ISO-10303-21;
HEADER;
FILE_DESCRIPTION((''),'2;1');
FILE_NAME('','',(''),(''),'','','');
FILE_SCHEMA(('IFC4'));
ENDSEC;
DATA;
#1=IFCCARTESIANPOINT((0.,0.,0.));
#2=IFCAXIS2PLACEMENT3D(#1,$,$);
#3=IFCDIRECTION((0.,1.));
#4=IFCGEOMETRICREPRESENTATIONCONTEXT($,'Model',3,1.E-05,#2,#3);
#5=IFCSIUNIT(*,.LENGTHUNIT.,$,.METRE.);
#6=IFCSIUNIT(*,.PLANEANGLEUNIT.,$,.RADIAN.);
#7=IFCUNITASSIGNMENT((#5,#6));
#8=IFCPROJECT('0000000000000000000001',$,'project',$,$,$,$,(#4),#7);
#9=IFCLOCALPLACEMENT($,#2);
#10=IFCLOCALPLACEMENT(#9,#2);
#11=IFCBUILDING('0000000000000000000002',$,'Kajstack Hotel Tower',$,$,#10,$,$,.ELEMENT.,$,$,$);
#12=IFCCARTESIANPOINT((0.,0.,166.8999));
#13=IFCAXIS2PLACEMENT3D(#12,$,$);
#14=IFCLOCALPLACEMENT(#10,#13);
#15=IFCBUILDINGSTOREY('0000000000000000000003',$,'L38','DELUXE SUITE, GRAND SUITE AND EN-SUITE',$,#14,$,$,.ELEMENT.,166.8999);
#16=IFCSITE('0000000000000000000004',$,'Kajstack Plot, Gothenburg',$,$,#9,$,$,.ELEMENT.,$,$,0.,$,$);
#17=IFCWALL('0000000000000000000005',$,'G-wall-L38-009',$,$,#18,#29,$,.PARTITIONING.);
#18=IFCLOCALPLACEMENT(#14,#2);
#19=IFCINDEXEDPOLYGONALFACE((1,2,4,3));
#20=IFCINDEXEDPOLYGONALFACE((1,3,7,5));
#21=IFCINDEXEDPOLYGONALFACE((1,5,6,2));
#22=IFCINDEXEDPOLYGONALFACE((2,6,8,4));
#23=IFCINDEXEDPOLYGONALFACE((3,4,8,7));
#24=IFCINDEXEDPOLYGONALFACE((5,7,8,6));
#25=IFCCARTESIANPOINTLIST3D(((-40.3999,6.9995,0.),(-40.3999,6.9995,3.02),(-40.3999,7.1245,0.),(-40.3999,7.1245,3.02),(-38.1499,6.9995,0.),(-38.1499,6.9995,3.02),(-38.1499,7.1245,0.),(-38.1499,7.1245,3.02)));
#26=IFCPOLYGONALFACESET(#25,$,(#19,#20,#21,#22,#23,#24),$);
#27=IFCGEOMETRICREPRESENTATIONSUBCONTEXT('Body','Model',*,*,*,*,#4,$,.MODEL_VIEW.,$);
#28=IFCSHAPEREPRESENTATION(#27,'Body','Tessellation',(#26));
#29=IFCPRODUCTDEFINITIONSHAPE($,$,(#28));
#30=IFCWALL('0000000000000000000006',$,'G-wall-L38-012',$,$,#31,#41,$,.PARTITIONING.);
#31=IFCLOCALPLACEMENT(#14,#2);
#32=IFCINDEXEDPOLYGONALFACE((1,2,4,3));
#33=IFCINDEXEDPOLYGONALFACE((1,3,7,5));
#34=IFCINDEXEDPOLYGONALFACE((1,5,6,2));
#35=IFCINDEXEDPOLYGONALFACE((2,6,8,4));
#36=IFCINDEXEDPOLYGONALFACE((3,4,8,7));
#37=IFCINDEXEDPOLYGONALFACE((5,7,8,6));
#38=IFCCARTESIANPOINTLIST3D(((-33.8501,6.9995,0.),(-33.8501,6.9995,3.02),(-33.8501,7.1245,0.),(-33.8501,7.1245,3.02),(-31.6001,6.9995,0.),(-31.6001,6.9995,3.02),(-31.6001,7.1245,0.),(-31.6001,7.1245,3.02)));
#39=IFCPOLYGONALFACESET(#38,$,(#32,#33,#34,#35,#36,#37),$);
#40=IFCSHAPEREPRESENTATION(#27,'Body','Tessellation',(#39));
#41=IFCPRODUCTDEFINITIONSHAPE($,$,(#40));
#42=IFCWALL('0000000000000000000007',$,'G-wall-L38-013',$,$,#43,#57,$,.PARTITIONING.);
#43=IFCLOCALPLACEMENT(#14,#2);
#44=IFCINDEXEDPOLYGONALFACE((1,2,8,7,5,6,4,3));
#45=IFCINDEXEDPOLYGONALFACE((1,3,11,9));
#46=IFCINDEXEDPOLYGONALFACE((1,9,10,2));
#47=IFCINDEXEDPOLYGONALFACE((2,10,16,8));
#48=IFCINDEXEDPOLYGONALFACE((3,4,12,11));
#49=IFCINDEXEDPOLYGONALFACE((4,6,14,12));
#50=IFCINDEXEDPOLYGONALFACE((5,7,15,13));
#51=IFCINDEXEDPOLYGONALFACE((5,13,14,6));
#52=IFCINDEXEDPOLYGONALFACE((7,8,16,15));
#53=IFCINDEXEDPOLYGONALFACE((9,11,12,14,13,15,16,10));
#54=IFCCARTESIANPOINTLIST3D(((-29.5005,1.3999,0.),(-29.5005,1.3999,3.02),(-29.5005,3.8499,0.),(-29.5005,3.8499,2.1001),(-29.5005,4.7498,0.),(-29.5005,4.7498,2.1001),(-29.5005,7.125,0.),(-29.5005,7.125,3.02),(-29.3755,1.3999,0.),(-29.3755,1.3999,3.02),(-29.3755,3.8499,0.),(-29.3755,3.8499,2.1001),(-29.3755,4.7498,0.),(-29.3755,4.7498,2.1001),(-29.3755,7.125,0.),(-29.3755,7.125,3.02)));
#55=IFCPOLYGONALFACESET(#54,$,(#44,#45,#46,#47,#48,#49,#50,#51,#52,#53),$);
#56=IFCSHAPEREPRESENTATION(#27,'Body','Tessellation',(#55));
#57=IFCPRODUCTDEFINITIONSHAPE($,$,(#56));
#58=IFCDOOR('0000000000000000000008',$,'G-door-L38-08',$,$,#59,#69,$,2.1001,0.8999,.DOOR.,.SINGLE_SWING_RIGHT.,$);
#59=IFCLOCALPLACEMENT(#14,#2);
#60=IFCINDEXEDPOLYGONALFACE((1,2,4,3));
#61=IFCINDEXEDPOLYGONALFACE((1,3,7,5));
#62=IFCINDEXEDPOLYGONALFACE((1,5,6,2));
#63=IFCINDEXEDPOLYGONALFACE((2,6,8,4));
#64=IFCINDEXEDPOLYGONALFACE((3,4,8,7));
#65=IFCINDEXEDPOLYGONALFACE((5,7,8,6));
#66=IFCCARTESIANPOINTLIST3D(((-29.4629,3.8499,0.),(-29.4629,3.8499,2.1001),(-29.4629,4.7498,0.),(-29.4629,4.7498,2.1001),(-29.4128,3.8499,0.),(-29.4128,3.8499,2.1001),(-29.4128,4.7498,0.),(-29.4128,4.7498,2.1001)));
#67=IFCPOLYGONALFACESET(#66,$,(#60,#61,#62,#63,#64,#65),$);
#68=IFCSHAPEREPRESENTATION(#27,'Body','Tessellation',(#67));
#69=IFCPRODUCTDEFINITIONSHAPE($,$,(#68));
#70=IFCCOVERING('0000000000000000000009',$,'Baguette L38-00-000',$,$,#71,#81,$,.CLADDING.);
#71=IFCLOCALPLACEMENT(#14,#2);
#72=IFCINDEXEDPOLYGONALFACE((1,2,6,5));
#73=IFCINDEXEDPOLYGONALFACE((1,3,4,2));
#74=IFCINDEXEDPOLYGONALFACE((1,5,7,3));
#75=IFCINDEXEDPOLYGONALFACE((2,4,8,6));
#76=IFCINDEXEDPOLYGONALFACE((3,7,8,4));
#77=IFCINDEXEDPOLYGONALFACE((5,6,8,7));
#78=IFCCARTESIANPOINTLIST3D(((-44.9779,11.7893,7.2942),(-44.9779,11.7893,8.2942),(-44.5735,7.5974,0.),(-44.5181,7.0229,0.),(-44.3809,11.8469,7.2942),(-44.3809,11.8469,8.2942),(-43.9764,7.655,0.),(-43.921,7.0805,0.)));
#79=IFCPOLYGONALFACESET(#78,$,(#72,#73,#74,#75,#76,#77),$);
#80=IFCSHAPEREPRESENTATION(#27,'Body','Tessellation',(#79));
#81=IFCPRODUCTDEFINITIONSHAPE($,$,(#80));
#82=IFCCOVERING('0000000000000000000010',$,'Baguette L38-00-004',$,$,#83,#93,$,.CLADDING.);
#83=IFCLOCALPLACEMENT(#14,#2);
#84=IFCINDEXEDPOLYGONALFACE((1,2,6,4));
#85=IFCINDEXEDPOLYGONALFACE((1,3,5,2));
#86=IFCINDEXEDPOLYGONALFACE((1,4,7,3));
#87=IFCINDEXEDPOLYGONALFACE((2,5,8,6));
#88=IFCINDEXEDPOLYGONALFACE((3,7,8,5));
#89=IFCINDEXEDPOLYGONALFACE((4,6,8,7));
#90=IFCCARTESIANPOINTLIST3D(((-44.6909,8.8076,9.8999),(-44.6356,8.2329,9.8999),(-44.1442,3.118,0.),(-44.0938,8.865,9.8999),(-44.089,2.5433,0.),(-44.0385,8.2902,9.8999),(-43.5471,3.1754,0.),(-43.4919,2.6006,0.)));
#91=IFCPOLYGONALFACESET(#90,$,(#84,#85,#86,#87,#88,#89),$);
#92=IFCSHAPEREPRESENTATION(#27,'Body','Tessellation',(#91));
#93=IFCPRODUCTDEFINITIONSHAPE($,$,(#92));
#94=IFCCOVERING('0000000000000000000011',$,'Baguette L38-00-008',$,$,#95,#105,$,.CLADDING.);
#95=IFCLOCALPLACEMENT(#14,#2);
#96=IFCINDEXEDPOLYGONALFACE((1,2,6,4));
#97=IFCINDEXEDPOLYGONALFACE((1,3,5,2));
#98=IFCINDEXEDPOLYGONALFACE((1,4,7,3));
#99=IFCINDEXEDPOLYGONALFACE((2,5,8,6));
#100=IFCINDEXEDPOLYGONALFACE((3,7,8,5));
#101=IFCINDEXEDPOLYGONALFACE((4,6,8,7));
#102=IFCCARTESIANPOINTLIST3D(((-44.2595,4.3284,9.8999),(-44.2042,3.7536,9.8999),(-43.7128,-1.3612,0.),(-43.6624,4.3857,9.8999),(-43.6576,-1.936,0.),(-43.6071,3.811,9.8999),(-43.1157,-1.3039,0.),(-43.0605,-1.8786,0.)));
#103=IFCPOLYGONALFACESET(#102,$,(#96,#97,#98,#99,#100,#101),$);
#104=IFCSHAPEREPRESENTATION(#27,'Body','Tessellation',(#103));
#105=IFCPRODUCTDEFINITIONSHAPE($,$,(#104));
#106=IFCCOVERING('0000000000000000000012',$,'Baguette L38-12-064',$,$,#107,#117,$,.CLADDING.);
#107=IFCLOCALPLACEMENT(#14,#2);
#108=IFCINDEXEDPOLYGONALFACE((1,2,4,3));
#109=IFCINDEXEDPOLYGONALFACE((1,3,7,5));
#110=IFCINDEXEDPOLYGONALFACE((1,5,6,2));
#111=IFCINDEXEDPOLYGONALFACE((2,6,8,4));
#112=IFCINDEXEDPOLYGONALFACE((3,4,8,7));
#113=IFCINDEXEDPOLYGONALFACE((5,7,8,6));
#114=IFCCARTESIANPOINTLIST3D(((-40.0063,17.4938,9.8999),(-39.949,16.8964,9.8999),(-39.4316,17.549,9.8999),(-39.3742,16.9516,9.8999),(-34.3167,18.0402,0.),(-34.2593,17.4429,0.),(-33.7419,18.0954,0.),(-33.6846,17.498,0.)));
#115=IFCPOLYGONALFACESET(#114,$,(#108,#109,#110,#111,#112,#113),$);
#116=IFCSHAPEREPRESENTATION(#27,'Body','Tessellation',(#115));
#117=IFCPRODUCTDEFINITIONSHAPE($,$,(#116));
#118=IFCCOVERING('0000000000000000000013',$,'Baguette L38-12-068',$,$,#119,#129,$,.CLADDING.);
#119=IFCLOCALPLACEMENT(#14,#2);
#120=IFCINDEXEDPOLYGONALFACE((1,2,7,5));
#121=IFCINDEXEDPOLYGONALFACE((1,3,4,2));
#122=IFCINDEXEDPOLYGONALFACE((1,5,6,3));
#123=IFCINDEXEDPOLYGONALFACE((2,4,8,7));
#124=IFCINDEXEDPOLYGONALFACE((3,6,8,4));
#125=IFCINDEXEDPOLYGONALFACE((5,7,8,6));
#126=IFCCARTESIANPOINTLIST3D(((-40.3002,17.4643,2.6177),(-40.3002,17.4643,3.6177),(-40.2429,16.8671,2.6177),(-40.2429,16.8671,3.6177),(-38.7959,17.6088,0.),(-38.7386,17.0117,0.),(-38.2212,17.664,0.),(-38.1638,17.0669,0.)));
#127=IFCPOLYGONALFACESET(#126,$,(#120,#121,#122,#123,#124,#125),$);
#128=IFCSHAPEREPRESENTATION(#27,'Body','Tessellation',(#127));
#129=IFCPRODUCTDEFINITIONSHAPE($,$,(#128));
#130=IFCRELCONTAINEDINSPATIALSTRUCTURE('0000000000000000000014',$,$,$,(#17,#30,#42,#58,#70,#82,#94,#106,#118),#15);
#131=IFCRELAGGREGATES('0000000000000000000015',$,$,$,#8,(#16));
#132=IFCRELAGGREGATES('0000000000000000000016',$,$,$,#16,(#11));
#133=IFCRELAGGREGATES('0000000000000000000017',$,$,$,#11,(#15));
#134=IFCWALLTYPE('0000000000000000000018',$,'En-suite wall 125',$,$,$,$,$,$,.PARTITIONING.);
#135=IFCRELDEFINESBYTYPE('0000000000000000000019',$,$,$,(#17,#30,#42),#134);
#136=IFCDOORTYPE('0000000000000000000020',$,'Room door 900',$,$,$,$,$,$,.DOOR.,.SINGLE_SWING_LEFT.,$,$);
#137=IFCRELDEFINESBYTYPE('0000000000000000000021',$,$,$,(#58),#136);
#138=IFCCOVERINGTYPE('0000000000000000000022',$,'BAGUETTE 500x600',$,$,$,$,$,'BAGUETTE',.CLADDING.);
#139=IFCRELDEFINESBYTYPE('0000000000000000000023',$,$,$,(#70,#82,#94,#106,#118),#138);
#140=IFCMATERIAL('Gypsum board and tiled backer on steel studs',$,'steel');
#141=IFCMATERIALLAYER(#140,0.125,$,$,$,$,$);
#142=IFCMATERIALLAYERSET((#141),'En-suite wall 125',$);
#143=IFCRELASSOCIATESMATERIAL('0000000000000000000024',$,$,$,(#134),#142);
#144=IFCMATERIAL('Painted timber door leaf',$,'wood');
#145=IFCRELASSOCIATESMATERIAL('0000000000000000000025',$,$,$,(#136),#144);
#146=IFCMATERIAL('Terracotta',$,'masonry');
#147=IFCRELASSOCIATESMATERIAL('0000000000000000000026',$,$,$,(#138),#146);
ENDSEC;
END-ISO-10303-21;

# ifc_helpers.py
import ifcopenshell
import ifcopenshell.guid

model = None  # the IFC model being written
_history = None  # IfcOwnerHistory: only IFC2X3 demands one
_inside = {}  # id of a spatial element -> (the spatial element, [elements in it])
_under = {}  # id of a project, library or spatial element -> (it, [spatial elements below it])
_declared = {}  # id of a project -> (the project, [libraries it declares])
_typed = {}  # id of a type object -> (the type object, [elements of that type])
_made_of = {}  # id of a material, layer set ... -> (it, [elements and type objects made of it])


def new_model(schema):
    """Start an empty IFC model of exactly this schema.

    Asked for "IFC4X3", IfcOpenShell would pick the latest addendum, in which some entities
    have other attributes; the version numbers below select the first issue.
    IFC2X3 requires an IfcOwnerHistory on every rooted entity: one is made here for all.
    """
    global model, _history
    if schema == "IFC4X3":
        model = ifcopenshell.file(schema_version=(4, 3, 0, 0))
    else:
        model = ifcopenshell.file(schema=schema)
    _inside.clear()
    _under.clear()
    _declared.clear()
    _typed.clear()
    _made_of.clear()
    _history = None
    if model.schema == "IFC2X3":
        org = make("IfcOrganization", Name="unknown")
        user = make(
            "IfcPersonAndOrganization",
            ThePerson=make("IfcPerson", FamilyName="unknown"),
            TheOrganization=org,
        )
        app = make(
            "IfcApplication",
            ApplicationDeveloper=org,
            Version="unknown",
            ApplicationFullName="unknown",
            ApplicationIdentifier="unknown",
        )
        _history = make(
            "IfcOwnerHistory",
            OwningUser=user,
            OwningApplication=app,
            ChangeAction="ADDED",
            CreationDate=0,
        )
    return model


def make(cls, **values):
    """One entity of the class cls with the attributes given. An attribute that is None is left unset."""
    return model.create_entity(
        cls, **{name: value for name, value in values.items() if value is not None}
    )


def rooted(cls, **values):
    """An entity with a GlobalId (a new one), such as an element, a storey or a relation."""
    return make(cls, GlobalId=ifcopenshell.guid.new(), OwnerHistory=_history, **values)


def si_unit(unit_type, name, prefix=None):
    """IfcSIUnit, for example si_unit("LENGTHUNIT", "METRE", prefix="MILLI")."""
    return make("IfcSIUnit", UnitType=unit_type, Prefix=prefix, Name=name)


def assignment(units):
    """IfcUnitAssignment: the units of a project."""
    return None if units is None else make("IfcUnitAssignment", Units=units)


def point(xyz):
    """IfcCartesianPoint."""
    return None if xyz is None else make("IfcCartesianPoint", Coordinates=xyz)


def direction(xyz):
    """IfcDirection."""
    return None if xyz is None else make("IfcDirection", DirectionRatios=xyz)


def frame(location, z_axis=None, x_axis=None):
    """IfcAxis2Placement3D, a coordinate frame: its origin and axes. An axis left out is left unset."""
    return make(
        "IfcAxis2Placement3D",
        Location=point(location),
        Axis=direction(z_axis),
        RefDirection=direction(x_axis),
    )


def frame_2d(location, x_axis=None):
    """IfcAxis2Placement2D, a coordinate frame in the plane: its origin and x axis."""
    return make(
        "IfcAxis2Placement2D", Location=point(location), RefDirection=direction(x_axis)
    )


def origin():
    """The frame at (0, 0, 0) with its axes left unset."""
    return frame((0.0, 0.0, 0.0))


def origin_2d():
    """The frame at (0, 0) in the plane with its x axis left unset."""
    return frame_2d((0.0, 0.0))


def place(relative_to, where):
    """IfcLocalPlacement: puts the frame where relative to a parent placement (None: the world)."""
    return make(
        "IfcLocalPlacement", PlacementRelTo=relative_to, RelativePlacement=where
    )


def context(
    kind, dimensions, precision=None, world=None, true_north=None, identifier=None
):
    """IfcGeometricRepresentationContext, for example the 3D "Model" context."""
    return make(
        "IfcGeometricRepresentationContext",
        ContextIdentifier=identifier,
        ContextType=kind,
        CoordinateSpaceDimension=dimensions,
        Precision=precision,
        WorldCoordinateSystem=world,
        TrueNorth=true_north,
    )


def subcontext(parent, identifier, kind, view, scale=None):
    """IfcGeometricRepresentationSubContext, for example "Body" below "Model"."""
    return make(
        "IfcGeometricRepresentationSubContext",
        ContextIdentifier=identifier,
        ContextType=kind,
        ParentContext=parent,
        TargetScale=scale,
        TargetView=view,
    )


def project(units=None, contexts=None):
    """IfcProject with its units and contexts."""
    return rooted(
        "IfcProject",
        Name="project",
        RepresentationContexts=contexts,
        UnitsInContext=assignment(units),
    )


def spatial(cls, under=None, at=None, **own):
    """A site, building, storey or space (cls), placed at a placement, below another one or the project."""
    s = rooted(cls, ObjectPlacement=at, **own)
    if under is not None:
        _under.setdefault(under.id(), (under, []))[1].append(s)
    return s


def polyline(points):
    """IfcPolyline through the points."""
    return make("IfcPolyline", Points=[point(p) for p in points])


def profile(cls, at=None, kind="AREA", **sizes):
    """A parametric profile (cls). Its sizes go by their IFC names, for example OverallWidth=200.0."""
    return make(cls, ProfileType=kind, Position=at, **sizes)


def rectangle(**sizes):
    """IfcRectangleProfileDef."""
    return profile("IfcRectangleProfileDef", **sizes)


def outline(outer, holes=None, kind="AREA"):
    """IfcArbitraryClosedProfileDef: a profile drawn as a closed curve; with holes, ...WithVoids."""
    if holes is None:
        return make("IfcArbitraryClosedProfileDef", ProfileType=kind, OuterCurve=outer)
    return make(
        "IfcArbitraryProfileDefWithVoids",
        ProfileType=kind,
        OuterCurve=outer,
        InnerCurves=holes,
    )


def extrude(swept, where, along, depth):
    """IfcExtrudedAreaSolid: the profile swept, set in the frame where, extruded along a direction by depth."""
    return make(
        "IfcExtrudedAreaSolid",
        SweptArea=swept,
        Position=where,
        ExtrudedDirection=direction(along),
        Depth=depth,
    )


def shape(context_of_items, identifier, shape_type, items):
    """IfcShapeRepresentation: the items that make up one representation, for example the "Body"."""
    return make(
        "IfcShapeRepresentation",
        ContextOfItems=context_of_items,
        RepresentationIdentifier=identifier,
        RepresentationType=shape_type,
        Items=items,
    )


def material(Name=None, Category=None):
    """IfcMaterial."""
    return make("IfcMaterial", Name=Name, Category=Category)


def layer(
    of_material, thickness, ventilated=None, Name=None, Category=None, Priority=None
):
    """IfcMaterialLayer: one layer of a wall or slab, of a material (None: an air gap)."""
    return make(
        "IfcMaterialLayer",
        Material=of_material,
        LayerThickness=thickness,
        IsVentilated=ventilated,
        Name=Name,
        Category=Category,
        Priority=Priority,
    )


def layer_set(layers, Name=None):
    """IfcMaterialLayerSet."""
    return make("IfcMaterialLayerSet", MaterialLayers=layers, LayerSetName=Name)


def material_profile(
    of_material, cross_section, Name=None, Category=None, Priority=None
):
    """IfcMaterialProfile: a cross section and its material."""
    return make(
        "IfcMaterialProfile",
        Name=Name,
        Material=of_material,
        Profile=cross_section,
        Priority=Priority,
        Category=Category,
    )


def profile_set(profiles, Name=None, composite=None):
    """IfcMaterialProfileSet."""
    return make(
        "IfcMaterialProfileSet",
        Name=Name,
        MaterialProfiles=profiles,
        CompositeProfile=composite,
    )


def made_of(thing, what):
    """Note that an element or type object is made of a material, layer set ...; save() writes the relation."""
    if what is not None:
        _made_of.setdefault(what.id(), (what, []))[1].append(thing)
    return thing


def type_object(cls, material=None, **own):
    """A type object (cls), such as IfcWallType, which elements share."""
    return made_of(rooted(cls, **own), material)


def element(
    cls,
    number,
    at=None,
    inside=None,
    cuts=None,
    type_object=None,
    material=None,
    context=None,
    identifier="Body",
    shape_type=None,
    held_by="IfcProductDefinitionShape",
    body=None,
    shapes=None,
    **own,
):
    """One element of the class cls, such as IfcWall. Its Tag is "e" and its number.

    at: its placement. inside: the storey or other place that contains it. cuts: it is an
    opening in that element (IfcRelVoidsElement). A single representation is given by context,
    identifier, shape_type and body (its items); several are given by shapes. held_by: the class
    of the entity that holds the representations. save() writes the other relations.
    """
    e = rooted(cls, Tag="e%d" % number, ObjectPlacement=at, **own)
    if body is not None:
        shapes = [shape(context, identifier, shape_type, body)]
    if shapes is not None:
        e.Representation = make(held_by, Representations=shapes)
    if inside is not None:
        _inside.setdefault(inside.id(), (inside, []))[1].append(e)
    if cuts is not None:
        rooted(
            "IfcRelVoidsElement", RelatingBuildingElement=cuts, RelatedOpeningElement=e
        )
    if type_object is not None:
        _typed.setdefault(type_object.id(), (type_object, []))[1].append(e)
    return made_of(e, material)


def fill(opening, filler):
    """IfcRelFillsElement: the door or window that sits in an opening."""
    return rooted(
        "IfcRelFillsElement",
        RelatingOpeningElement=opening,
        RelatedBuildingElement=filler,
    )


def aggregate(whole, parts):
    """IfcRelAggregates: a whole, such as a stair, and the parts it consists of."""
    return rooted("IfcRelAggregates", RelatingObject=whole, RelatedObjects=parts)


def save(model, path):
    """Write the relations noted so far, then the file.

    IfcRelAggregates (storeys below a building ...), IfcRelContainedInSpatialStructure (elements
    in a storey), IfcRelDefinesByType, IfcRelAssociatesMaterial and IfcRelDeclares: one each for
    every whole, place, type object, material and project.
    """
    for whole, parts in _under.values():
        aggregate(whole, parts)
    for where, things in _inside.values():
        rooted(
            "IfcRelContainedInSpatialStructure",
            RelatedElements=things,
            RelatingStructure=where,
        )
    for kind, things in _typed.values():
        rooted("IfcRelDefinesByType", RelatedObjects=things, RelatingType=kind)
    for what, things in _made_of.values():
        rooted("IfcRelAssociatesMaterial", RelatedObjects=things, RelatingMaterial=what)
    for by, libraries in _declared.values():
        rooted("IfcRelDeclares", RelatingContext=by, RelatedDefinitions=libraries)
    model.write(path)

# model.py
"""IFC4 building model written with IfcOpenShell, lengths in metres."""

from ifc_helpers import new_model, si_unit, direction, frame, frame_2d, origin, origin_2d, place, context, subcontext, project, spatial, polyline, rectangle, outline, extrude, material, layer, layer_set, material_profile, profile_set, type_object, element, fill, save


model = new_model("IFC4")

# Units and contexts
model_context = context("Model", 3, precision=1e-05, world=origin(), true_north=direction((0.0, 1.0)))
body_context = subcontext(model_context, "Body", "Model", "MODEL_VIEW")
ifc_project = project(units=[si_unit("LENGTHUNIT", "METRE"), si_unit("PLANEANGLEUNIT", "RADIAN")], contexts=[model_context])

# Site, building, storey
site_placement = place(None, origin())
site = spatial("IfcSite", under=ifc_project, at=site_placement, Name="Kajstack Plot, Gothenburg", CompositionType="ELEMENT", RefElevation=0.0)
building_placement = place(site_placement, origin())
building = spatial("IfcBuilding", under=site, at=building_placement, Name="Kajstack Hotel Tower", CompositionType="ELEMENT")
storey_placement = place(building_placement, frame((0.0, 0.0, 166.8999)))
storey = spatial("IfcBuildingStorey", under=building, at=storey_placement, Name="L38", Description="DELUXE SUITE, GRAND SUITE AND EN-SUITE", CompositionType="ELEMENT", Elevation=166.8999)

# Walls
ifc_material_1 = material(Name="Gypsum board and tiled backer on steel studs", Category="steel")
ifc_layer_1 = layer(ifc_material_1, 0.125)
ifc_layer_set_1 = layer_set([ifc_layer_1], Name="En-suite wall 125")
wall_type_1 = type_object("IfcWallType", Name="En-suite wall 125", PredefinedType="PARTITIONING", material=ifc_layer_set_1)
for number, where, z_axis, x_axis, name in (
    (1, (-40.3999, 7.062, 0.0), (0.0, 0.0, 1.0), (1.0, 0.0, 0.0), "G-wall-L38-009"),
    (2, (-33.8501, 7.062, 0.0), (0.0, 0.0, 1.0), (1.0, 0.0, 0.0), "G-wall-L38-012"),
):
    element("IfcWall", number, at=place(storey_placement, frame(where, z_axis=z_axis, x_axis=x_axis)), inside=storey, type_object=wall_type_1, Name=name, PredefinedType="PARTITIONING", context=body_context, shape_type="SweptSolid", body=[
        extrude(rectangle(XDim=2.25, YDim=0.125, at=frame_2d((1.125, 0.0))), origin(), (0.0, 0.0, 1.0), 3.02),
    ])

# Wall, opening, door
wall_1_placement = place(storey_placement, frame((-29.438, 1.3999, 0.0), z_axis=(0.0, 0.0, 1.0), x_axis=(0.0, 1.0, 0.0)))
wall_1 = element("IfcWall", 3, at=wall_1_placement, inside=storey, type_object=wall_type_1, Name="G-wall-L38-013", PredefinedType="PARTITIONING", context=body_context, shape_type="SweptSolid", body=[
    extrude(rectangle(XDim=5.7251, YDim=0.125, at=frame_2d((2.8625, 0.0))), origin(), (0.0, 0.0, 1.0), 3.02),
])
opening_1_placement = place(wall_1_placement, frame((2.45, 0.0, 0.0)))
opening_1 = element("IfcOpeningElement", 4, at=opening_1_placement, cuts=wall_1, PredefinedType="OPENING", context=body_context, shape_type="SweptSolid", body=[
    extrude(rectangle(XDim=0.8999, YDim=2.1001, at=frame_2d((0.45, 1.05))), frame((0.0, 0.0725, 0.0), z_axis=(0.0, -1.0, 0.0), x_axis=(1.0, 0.0, 0.0)), (0.0, 0.0, 1.0), 0.145),
])
ifc_material_2 = material(Name="Painted timber door leaf", Category="wood")
door_type = type_object("IfcDoorType", Name="Room door 900", OperationType="SINGLE_SWING_LEFT", PredefinedType="DOOR", material=ifc_material_2)
door_placement = place(opening_1_placement, origin())
door = element("IfcDoor", 5, at=door_placement, inside=storey, type_object=door_type, Name="G-door-L38-08", OperationType="SINGLE_SWING_RIGHT", OverallHeight=2.1001, OverallWidth=0.8999, PredefinedType="DOOR", context=body_context, shape_type="SweptSolid", body=[
    extrude(rectangle(XDim=0.8999, YDim=2.1001, at=frame_2d((0.45, 1.05))), frame((0.0, 0.0249, 0.0), z_axis=(0.0, -1.0, 0.0), x_axis=(1.0, 0.0, 0.0)), (0.0, 0.0, 1.0), 0.05),
])
fill(opening_1, door)

# Coverings
ifc_material_3 = material(Name="Terracotta", Category="masonry")
ifc_material_profile = material_profile(ifc_material_3, rectangle(XDim=0.6001, YDim=0.5, at=origin_2d()), Name="Terracotta-clad concrete baguette 500 x 600")
ifc_profile_set = profile_set([ifc_material_profile], Name="Terracotta")
covering_type = type_object("IfcCoveringType", Name="BAGUETTE 500x600", ElementType="BAGUETTE", PredefinedType="CLADDING", material=ifc_profile_set)
covering_1_placement = place(storey_placement, frame((-44.3809, 11.8469, 0.0), z_axis=(-0.995378, -0.096038, 0.0), x_axis=(0.096038, -0.995378, 0.0)))
element("IfcCovering", 6, at=covering_1_placement, inside=storey, type_object=covering_type, Name="Baguette L38-00-000", PredefinedType="CLADDING", context=body_context, shape_type="SweptSolid", body=[
    extrude(outline(polyline([(4.7886, 0.0), (0.0, 8.2942), (0.0, 7.2942), (4.2114, 0.0), (4.7886, 0.0)])), origin(), (0.0, 0.0, 1.0), 0.5999),
])
for number, where, z_axis, x_axis, name in (
    (7, (-44.0938, 8.865, 0.0), (-0.995416, -0.095635, 0.0), (0.095635, -0.995416, 0.0), "Baguette L38-00-004"),
    (8, (-43.6624, 4.3857, 0.0), (-0.995416, -0.095635, 0.0), (0.095635, -0.995416, 0.0), "Baguette L38-00-008"),
):
    element("IfcCovering", number, at=place(storey_placement, frame(where, z_axis=z_axis, x_axis=x_axis)), inside=storey, type_object=covering_type, Name=name, PredefinedType="CLADDING", context=body_context, shape_type="SweptSolid", body=[
        extrude(outline(polyline([(0.0, 9.8999), (5.7158, 0.0), (6.2932, 0.0), (0.5774, 9.8999), (0.0, 9.8999)])), origin(), (0.0, 0.0, 1.0), 0.5999),
    ])
covering_2_placement = place(storey_placement, frame((-33.6846, 17.498, 0.0), z_axis=(-0.095596, 0.99542, 0.0), x_axis=(-0.99542, -0.095596, 0.0)))
element("IfcCovering", 9, at=covering_2_placement, inside=storey, type_object=covering_type, Name="Baguette L38-12-064", PredefinedType="CLADDING", context=body_context, shape_type="SweptSolid", body=[
    extrude(outline(polyline([(5.7158, 9.8999), (0.0, 0.0), (0.5774, 0.0), (6.2932, 9.8999), (5.7158, 9.8999)])), origin(), (0.0, 0.0, 1.0), 0.6001),
])
covering_3_placement = place(storey_placement, frame((-38.1638, 17.0669, 0.0), z_axis=(-0.095635, 0.995416, 0.0), x_axis=(-0.995416, -0.095635, 0.0)))
element("IfcCovering", 10, at=covering_3_placement, inside=storey, type_object=covering_type, Name="Baguette L38-12-068", PredefinedType="CLADDING", context=body_context, shape_type="SweptSolid", body=[
    extrude(outline(polyline([(0.5774, 0.0), (2.0886, 2.6177), (2.0886, 3.6177), (0.0, 0.0), (0.5774, 0.0)])), origin(), (0.0, 0.0, 1.0), 0.5999),
])

save(model, "model.ifc")
